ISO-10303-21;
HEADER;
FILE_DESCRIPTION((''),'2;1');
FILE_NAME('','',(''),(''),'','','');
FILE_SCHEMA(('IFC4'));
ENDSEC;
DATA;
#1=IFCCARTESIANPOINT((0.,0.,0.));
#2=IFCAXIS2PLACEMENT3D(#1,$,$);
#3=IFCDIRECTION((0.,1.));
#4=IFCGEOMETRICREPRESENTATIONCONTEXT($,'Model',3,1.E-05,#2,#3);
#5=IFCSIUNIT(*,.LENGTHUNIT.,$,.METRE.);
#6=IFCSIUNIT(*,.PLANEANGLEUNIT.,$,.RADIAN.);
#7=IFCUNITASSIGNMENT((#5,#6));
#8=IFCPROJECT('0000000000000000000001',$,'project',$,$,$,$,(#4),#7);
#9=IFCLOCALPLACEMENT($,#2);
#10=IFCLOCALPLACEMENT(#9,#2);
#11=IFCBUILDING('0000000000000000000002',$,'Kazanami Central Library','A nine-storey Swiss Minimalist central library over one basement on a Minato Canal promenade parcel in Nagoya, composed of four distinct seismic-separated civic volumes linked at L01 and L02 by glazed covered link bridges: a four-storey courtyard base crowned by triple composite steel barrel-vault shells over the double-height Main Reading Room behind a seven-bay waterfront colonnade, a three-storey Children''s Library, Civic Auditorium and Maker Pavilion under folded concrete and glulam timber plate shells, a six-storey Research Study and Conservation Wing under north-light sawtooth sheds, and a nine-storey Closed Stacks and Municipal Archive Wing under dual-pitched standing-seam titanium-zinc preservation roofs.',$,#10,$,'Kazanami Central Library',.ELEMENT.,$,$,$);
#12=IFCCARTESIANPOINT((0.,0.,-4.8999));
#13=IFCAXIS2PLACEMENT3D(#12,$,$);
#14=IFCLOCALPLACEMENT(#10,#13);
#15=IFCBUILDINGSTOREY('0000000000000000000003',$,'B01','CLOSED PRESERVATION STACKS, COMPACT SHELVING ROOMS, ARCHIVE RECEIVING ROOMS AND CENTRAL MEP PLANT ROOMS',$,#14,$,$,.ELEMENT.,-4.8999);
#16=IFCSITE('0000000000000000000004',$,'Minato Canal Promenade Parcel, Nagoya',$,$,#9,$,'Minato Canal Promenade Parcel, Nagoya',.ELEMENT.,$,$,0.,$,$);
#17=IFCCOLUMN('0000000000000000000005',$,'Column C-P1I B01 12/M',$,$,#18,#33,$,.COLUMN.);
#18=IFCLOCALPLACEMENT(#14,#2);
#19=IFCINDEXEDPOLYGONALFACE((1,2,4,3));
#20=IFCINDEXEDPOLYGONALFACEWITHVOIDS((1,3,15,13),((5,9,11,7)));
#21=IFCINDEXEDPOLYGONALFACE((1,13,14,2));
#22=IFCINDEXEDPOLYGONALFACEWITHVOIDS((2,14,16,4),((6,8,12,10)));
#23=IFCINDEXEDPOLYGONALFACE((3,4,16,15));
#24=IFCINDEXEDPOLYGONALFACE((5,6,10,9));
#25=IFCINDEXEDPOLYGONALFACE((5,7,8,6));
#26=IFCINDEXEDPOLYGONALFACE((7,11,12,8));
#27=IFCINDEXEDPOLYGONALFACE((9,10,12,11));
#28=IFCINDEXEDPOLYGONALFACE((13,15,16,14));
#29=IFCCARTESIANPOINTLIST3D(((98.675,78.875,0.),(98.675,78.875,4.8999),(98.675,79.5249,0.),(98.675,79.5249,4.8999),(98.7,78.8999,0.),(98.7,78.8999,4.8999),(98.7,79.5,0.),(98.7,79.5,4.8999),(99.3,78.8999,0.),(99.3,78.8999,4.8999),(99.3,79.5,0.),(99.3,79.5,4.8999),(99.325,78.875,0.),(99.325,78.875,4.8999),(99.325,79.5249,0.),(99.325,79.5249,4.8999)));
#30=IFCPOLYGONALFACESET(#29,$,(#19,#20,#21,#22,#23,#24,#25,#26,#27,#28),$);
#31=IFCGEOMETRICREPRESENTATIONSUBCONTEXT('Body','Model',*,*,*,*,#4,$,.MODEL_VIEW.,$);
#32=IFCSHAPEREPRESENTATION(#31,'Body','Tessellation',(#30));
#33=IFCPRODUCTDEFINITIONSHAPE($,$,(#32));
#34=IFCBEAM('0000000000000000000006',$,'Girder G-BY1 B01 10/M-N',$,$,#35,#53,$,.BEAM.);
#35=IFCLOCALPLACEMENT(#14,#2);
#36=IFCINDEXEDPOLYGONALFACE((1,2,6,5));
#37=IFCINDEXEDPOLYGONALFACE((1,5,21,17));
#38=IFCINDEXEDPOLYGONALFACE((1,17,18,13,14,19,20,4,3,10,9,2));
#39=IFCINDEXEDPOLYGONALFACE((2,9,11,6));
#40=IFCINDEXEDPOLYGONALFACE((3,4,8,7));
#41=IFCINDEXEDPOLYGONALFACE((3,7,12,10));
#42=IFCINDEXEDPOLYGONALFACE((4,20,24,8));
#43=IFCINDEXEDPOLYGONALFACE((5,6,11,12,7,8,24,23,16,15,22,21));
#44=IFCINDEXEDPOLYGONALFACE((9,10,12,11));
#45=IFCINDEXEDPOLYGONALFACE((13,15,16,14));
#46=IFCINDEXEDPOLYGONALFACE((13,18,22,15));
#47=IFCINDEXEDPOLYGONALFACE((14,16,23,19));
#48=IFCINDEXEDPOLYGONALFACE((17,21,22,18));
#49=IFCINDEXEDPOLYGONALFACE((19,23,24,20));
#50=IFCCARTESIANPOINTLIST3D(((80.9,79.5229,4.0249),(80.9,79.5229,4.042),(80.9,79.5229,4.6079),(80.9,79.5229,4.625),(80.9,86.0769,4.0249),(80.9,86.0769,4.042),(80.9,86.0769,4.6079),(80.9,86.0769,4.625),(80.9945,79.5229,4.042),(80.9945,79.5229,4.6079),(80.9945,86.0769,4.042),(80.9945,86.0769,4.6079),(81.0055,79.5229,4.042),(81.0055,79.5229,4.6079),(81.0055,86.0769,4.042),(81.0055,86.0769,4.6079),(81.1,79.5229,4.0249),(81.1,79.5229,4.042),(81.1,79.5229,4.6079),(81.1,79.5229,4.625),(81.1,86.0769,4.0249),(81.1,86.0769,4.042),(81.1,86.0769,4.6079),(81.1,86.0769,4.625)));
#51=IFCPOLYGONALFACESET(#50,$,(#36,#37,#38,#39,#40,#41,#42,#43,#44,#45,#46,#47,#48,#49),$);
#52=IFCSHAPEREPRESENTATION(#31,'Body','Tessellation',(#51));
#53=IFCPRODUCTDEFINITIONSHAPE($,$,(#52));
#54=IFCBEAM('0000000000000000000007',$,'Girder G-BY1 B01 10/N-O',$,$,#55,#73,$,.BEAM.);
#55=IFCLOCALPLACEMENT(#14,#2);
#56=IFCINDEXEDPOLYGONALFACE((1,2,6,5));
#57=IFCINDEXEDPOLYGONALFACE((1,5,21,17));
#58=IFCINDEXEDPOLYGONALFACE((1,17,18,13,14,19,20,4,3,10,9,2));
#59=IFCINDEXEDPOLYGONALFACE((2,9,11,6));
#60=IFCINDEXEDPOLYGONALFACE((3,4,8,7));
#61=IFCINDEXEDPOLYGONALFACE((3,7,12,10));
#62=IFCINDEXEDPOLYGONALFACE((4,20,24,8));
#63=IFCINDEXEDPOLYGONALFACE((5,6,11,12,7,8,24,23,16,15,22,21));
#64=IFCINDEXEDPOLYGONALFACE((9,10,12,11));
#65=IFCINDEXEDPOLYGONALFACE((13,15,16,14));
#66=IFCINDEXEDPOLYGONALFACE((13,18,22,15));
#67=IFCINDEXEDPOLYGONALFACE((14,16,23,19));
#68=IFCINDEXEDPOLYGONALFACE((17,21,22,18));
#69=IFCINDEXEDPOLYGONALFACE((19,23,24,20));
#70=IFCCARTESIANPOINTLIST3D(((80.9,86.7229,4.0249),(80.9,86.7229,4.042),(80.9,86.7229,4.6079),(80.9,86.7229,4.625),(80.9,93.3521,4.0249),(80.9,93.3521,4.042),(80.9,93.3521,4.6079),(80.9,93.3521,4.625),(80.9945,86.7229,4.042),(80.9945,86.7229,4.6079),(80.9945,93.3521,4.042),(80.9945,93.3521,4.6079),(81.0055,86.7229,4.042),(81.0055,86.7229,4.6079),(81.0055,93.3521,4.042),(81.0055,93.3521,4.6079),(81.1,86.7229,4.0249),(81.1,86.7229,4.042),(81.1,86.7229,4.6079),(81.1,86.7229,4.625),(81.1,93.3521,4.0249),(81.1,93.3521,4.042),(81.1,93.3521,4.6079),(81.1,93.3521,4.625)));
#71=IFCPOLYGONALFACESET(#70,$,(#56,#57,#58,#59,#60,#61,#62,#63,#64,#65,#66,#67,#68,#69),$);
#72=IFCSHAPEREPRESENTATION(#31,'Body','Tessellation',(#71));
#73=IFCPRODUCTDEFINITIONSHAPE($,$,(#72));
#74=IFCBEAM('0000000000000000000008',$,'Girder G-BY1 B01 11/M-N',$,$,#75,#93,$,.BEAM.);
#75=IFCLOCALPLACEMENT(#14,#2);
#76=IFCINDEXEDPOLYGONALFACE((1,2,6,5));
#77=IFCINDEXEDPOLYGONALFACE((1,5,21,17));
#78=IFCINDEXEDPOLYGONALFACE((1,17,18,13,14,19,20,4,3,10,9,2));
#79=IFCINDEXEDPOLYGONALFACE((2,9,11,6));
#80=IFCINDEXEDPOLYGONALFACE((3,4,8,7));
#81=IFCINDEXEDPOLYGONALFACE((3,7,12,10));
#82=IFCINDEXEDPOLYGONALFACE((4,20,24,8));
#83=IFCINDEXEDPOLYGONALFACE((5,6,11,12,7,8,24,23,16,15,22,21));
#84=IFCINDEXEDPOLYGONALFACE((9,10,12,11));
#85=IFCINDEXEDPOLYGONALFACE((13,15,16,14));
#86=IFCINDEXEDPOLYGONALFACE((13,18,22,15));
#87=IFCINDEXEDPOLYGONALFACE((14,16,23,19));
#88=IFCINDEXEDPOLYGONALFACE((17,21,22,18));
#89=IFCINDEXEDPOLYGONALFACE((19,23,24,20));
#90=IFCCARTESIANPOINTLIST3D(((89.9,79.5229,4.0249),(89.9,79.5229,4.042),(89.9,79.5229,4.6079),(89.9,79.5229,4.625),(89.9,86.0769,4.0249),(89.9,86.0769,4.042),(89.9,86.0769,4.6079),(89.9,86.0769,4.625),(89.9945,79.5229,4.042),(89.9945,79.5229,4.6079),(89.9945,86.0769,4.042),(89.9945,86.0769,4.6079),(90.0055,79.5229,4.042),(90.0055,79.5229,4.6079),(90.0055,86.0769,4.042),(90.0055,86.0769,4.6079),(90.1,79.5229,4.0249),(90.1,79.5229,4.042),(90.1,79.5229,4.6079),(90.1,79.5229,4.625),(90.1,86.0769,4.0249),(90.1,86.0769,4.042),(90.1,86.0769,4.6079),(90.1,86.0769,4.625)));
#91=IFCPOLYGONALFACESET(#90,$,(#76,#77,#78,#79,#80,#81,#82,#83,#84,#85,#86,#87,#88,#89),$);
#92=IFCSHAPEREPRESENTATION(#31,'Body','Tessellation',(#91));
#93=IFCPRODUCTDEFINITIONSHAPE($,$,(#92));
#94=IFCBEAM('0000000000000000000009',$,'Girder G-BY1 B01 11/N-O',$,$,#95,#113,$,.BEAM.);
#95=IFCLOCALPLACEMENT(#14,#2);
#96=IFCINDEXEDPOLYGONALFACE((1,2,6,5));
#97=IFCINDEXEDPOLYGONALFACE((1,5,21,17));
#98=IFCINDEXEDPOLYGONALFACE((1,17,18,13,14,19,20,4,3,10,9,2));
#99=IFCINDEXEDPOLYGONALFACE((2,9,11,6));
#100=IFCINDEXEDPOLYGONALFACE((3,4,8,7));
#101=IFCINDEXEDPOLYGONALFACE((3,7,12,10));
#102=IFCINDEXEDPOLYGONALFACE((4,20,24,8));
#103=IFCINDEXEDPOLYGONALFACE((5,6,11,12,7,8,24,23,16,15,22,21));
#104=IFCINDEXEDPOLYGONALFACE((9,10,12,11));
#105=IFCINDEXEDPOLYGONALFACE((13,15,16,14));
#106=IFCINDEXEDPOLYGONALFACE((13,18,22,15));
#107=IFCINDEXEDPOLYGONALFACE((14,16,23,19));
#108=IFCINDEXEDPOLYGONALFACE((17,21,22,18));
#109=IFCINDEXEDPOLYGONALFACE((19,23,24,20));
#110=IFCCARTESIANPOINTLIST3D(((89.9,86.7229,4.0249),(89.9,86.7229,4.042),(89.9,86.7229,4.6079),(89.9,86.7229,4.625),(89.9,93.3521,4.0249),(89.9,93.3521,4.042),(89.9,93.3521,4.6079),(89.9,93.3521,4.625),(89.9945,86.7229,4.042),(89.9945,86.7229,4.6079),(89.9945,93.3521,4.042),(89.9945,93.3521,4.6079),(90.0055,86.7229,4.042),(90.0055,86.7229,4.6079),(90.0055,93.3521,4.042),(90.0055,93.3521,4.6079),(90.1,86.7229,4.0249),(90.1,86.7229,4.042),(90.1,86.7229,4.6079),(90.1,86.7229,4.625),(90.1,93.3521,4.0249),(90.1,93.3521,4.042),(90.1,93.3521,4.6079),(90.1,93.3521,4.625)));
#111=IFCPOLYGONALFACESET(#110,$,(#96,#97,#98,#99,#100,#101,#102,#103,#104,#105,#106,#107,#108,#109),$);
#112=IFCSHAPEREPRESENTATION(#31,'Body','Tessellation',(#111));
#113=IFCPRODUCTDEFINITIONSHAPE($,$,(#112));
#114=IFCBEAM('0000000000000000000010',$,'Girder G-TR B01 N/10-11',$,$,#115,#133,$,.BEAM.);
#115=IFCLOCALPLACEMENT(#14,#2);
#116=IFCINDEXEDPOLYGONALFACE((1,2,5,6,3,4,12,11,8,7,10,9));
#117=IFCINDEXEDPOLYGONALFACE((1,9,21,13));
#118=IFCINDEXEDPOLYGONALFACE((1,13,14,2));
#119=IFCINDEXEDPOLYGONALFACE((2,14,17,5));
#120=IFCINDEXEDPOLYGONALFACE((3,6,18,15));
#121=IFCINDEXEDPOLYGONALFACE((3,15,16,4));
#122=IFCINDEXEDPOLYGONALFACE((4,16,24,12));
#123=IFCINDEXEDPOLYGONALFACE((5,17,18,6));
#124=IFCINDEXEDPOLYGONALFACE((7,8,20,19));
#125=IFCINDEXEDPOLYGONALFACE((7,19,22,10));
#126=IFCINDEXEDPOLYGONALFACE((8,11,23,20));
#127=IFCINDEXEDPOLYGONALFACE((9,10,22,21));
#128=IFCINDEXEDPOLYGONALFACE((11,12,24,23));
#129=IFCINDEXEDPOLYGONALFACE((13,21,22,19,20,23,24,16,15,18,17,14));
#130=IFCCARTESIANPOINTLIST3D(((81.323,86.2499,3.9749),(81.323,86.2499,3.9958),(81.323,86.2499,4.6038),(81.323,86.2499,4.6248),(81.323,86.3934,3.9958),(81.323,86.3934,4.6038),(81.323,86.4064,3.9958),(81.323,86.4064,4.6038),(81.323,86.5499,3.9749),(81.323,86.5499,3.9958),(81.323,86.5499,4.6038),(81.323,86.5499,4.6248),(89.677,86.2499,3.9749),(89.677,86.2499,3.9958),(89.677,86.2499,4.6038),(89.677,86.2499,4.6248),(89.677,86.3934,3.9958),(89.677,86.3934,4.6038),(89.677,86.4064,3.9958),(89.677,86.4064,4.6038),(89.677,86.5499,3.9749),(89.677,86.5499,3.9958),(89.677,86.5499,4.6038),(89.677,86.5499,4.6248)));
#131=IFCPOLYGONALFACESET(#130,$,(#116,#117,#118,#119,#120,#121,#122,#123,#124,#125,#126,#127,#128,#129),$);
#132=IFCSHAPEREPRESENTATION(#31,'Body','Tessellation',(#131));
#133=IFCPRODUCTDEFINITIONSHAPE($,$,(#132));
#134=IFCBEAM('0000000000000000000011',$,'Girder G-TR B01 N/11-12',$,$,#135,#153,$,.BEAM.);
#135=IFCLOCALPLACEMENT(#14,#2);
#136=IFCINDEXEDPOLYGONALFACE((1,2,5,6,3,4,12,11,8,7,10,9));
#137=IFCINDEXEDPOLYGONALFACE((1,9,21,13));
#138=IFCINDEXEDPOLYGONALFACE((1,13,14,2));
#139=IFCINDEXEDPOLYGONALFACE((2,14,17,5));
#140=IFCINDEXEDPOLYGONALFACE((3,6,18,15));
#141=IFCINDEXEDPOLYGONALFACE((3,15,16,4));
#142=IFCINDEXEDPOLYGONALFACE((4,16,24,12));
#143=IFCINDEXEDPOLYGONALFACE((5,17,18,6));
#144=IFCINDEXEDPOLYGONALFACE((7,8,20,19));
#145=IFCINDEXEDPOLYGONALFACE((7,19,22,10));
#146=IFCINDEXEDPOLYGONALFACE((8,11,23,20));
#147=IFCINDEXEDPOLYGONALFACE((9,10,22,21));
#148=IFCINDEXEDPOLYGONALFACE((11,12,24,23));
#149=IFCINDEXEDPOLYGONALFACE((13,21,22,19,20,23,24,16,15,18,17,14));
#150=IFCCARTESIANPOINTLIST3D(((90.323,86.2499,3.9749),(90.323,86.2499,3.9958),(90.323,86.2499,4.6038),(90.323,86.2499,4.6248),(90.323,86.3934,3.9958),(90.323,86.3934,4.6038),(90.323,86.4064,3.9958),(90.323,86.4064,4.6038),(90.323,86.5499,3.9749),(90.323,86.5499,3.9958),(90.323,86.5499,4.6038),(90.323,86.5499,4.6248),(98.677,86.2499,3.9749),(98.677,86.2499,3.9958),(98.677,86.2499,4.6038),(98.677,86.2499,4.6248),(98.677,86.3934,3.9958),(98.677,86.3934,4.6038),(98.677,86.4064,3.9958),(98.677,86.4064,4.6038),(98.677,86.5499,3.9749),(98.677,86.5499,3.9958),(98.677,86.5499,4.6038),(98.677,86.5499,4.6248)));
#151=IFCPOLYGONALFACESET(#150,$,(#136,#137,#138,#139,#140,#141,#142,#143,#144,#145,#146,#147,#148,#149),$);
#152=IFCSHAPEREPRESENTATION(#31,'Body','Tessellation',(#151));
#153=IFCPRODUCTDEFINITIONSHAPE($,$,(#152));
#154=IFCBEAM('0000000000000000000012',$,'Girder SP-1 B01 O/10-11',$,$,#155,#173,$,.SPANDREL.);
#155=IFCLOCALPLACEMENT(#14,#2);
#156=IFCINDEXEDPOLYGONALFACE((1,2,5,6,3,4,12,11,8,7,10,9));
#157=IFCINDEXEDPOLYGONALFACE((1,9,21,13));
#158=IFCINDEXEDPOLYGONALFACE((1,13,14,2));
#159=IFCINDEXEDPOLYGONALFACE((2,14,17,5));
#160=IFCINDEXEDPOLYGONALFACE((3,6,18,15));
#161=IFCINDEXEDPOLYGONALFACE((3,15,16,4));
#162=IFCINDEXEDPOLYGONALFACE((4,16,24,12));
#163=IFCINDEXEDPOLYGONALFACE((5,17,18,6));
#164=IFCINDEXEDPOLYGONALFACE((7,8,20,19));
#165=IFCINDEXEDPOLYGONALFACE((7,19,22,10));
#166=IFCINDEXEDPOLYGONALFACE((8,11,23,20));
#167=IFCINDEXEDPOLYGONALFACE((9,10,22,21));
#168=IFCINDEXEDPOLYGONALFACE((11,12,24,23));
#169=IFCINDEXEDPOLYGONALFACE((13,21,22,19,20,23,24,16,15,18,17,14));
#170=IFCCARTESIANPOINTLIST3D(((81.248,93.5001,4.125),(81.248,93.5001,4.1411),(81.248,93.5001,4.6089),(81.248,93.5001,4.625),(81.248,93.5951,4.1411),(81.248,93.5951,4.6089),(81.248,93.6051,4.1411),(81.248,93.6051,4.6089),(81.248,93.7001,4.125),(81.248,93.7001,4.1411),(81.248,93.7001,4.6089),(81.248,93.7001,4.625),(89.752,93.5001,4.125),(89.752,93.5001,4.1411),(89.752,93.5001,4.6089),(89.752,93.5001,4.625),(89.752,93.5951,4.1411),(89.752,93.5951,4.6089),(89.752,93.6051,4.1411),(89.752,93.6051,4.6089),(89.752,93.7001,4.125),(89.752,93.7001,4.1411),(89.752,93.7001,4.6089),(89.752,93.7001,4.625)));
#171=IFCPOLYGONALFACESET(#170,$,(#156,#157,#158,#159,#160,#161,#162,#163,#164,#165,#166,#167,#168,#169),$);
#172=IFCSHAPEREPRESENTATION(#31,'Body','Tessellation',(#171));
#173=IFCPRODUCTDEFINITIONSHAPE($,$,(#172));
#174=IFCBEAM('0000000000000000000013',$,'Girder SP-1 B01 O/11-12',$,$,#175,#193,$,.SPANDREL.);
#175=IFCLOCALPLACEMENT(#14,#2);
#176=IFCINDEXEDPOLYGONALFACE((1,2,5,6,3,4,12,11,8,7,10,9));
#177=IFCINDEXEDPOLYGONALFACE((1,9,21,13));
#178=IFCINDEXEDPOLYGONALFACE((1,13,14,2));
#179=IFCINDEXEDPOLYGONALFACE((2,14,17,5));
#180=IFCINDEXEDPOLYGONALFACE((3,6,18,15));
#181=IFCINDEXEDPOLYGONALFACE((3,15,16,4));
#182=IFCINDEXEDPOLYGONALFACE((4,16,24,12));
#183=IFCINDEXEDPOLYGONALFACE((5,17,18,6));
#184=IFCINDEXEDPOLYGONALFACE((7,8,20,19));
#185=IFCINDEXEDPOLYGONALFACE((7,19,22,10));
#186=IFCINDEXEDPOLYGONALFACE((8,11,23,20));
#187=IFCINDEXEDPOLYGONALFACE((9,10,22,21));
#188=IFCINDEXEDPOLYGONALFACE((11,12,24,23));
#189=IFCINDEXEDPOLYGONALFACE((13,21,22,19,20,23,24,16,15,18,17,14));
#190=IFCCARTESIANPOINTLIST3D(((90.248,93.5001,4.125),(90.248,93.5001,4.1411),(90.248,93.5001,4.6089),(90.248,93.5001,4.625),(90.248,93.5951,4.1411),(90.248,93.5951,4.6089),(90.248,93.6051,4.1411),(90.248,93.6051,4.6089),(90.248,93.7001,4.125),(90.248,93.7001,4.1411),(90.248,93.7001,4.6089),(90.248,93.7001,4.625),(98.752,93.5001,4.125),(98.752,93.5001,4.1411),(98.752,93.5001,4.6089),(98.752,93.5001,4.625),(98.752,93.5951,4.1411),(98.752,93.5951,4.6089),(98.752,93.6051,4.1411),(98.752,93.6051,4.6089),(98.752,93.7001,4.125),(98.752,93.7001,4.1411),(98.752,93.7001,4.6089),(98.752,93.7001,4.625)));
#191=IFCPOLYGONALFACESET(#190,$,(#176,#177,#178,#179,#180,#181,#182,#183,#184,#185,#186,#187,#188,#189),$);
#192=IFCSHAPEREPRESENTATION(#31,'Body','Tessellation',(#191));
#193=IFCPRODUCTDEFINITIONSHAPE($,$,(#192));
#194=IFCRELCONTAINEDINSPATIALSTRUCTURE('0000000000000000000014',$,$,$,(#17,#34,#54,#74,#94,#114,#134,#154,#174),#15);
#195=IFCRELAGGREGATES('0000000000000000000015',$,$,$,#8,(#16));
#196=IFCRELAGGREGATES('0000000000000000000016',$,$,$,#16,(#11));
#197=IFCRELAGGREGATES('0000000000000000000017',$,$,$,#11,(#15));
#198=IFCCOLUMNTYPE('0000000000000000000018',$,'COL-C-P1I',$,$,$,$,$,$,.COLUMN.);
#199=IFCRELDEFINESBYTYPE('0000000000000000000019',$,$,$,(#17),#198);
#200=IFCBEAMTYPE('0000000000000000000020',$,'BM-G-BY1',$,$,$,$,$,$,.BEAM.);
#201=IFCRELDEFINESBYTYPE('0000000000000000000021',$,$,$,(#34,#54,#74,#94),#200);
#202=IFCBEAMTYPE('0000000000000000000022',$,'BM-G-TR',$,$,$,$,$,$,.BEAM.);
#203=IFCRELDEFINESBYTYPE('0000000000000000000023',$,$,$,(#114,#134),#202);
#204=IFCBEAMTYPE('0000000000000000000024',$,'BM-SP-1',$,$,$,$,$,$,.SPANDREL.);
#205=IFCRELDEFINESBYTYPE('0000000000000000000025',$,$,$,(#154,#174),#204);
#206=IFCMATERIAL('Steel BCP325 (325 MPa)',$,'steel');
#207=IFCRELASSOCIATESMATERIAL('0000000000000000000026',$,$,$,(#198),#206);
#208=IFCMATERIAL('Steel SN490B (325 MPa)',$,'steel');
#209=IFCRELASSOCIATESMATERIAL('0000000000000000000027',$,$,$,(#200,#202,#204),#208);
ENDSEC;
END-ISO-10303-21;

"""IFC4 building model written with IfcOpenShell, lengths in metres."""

from ifc_helpers import new_model, si_unit, direction, frame, origin, origin_2d, place, context, subcontext, project, spatial, hollow_rectangle, i_section, extrude, material, material_profile, profile_set, type_object, element, save


model = new_model("IFC4")

# Units and contexts
model_context = context("Model", 3, precision=1e-05, world=origin(), true_north=direction((0.0, 1.0)))
body_context = subcontext(model_context, "Body", "Model", "MODEL_VIEW")
ifc_project = project(units=[si_unit("LENGTHUNIT", "METRE"), si_unit("PLANEANGLEUNIT", "RADIAN")], contexts=[model_context])

# Site, building, storey
site_placement = place(None, origin())
site = spatial("IfcSite", under=ifc_project, at=site_placement, Name="Minato Canal Promenade Parcel, Nagoya", LongName="Minato Canal Promenade Parcel, Nagoya", CompositionType="ELEMENT", RefElevation=0.0)
building_placement = place(site_placement, origin())
building = spatial("IfcBuilding", under=site, at=building_placement, Name="Kazanami Central Library", Description="A nine-storey Swiss Minimalist central library over one basement on a Minato Canal promenade parcel in Nagoya, composed of four distinct seismic-separated civic volumes linked at L01 and L02 by glazed covered link bridges: a four-storey courtyard base crowned by triple composite steel barrel-vault shells over the double-height Main Reading Room behind a seven-bay waterfront colonnade, a three-storey Children's Library, Civic Auditorium and Maker Pavilion under folded concrete and glulam timber plate shells, a six-storey Research Study and Conservation Wing under north-light sawtooth sheds, and a nine-storey Closed Stacks and Municipal Archive Wing under dual-pitched standing-seam titanium-zinc preservation roofs.", LongName="Kazanami Central Library", CompositionType="ELEMENT")
storey_placement = place(building_placement, frame((0.0, 0.0, -4.8999)))
storey = spatial("IfcBuildingStorey", under=building, at=storey_placement, Name="B01", Description="CLOSED PRESERVATION STACKS, COMPACT SHELVING ROOMS, ARCHIVE RECEIVING ROOMS AND CENTRAL MEP PLANT ROOMS", CompositionType="ELEMENT", Elevation=-4.8999)

# Column
ifc_material_1 = material(Name="Steel BCP325 (325 MPa)", Category="steel")
ifc_material_profile_1 = material_profile(ifc_material_1, hollow_rectangle(XDim=0.6499, YDim=0.6499, WallThickness=0.0249, at=origin_2d()), Name="BCP-650x650x25")
ifc_profile_set_1 = profile_set([ifc_material_profile_1], Name="Steel BCP325 (325 MPa)")
column_type_1 = type_object("IfcColumnType", Name="COL-C-P1I", PredefinedType="COLUMN", material=ifc_profile_set_1)
for number, where, z_axis, x_axis, name in (
    (1, (99.0, 79.2, 0.0), (0.0, 0.0, 1.0), (1.0, 0.0, 0.0), "Column C-P1I B01 12/M"),
):
    element("IfcColumn", number, at=place(storey_placement, frame(where, z_axis=z_axis, x_axis=x_axis)), inside=storey, type_object=column_type_1, Name=name, PredefinedType="COLUMN", context=body_context, shape_type="SweptSolid", body=[
        extrude(hollow_rectangle(XDim=0.6499, YDim=0.6499, WallThickness=0.0249, at=origin_2d()), origin(), (0.0, 0.0, 1.0), 4.8999),
    ])

# Beams
ifc_material_2 = material(Name="Steel SN490B (325 MPa)", Category="steel")
ifc_material_profile_2 = material_profile(ifc_material_2, i_section(OverallWidth=0.2, OverallDepth=0.6001, WebThickness=0.011, FlangeThickness=0.0171, at=origin_2d()), Name="H-600x200x11x17")
ifc_profile_set_2 = profile_set([ifc_material_profile_2], Name="Steel SN490B (325 MPa)")
beam_type_1 = type_object("IfcBeamType", Name="BM-G-BY1", PredefinedType="BEAM", material=ifc_profile_set_2)
beam_1_placement = place(storey_placement, frame((81.0, 79.5229, 4.325), z_axis=(0.0, 1.0, 0.0), x_axis=(-1.0, 0.0, 0.0)))
element("IfcBeam", 2, at=beam_1_placement, inside=storey, type_object=beam_type_1, Name="Girder G-BY1 B01 10/M-N", PredefinedType="BEAM", context=body_context, shape_type="SweptSolid", body=[
    extrude(i_section(OverallWidth=0.2, OverallDepth=0.6001, WebThickness=0.011, FlangeThickness=0.0171, at=origin_2d()), origin(), (0.0, 0.0, 1.0), 6.554),
])
beam_2_placement = place(storey_placement, frame((81.0, 86.7229, 4.325), z_axis=(0.0, 1.0, 0.0), x_axis=(-1.0, 0.0, 0.0)))
element("IfcBeam", 3, at=beam_2_placement, inside=storey, type_object=beam_type_1, Name="Girder G-BY1 B01 10/N-O", PredefinedType="BEAM", context=body_context, shape_type="SweptSolid", body=[
    extrude(i_section(OverallWidth=0.2, OverallDepth=0.6001, WebThickness=0.011, FlangeThickness=0.0171, at=origin_2d()), origin(), (0.0, 0.0, 1.0), 6.6292),
])
beam_3_placement = place(storey_placement, frame((90.0, 79.5229, 4.325), z_axis=(0.0, 1.0, 0.0), x_axis=(-1.0, 0.0, 0.0)))
element("IfcBeam", 4, at=beam_3_placement, inside=storey, type_object=beam_type_1, Name="Girder G-BY1 B01 11/M-N", PredefinedType="BEAM", context=body_context, shape_type="SweptSolid", body=[
    extrude(i_section(OverallWidth=0.2, OverallDepth=0.6001, WebThickness=0.011, FlangeThickness=0.0171, at=origin_2d()), origin(), (0.0, 0.0, 1.0), 6.554),
])
beam_4_placement = place(storey_placement, frame((90.0, 86.7229, 4.325), z_axis=(0.0, 1.0, 0.0), x_axis=(-1.0, 0.0, 0.0)))
element("IfcBeam", 5, at=beam_4_placement, inside=storey, type_object=beam_type_1, Name="Girder G-BY1 B01 11/N-O", PredefinedType="BEAM", context=body_context, shape_type="SweptSolid", body=[
    extrude(i_section(OverallWidth=0.2, OverallDepth=0.6001, WebThickness=0.011, FlangeThickness=0.0171, at=origin_2d()), origin(), (0.0, 0.0, 1.0), 6.6292),
])
ifc_material_profile_3 = material_profile(ifc_material_2, i_section(OverallWidth=0.3, OverallDepth=0.6499, WebThickness=0.0129, FlangeThickness=0.021, at=origin_2d()), Name="H-650x300x13x21")
ifc_profile_set_3 = profile_set([ifc_material_profile_3], Name="Steel SN490B (325 MPa)")
beam_type_2 = type_object("IfcBeamType", Name="BM-G-TR", PredefinedType="BEAM", material=ifc_profile_set_3)
for number, where, z_axis, x_axis, name in (
    (6, (81.323, 86.3999, 4.2998), (1.0, 0.0, 0.0), (0.0, 1.0, 0.0), "Girder G-TR B01 N/10-11"),
    (7, (90.323, 86.3999, 4.2998), (1.0, 0.0, 0.0), (0.0, 1.0, 0.0), "Girder G-TR B01 N/11-12"),
):
    element("IfcBeam", number, at=place(storey_placement, frame(where, z_axis=z_axis, x_axis=x_axis)), inside=storey, type_object=beam_type_2, Name=name, PredefinedType="BEAM", context=body_context, shape_type="SweptSolid", body=[
        extrude(i_section(OverallWidth=0.3, OverallDepth=0.6499, WebThickness=0.0129, FlangeThickness=0.021, at=origin_2d()), origin(), (0.0, 0.0, 1.0), 8.354),
    ])
ifc_material_profile_4 = material_profile(ifc_material_2, i_section(OverallWidth=0.2, OverallDepth=0.5, WebThickness=0.01, FlangeThickness=0.0161, at=origin_2d()), Name="H-500x200x10x16")
ifc_profile_set_4 = profile_set([ifc_material_profile_4], Name="Steel SN490B (325 MPa)")
beam_type_3 = type_object("IfcBeamType", Name="BM-SP-1", PredefinedType="SPANDREL", material=ifc_profile_set_4)
for number, where, z_axis, x_axis, name in (
    (8, (81.248, 93.6001, 4.375), (1.0, 0.0, 0.0), (0.0, 1.0, 0.0), "Girder SP-1 B01 O/10-11"),
    (9, (90.248, 93.6001, 4.375), (1.0, 0.0, 0.0), (0.0, 1.0, 0.0), "Girder SP-1 B01 O/11-12"),
):
    element("IfcBeam", number, at=place(storey_placement, frame(where, z_axis=z_axis, x_axis=x_axis)), inside=storey, type_object=beam_type_3, Name=name, PredefinedType="SPANDREL", context=body_context, shape_type="SweptSolid", body=[
        extrude(i_section(OverallWidth=0.2, OverallDepth=0.5, WebThickness=0.01, FlangeThickness=0.0161, at=origin_2d()), origin(), (0.0, 0.0, 1.0), 8.5039),
    ])

save(model, "model.ifc")
